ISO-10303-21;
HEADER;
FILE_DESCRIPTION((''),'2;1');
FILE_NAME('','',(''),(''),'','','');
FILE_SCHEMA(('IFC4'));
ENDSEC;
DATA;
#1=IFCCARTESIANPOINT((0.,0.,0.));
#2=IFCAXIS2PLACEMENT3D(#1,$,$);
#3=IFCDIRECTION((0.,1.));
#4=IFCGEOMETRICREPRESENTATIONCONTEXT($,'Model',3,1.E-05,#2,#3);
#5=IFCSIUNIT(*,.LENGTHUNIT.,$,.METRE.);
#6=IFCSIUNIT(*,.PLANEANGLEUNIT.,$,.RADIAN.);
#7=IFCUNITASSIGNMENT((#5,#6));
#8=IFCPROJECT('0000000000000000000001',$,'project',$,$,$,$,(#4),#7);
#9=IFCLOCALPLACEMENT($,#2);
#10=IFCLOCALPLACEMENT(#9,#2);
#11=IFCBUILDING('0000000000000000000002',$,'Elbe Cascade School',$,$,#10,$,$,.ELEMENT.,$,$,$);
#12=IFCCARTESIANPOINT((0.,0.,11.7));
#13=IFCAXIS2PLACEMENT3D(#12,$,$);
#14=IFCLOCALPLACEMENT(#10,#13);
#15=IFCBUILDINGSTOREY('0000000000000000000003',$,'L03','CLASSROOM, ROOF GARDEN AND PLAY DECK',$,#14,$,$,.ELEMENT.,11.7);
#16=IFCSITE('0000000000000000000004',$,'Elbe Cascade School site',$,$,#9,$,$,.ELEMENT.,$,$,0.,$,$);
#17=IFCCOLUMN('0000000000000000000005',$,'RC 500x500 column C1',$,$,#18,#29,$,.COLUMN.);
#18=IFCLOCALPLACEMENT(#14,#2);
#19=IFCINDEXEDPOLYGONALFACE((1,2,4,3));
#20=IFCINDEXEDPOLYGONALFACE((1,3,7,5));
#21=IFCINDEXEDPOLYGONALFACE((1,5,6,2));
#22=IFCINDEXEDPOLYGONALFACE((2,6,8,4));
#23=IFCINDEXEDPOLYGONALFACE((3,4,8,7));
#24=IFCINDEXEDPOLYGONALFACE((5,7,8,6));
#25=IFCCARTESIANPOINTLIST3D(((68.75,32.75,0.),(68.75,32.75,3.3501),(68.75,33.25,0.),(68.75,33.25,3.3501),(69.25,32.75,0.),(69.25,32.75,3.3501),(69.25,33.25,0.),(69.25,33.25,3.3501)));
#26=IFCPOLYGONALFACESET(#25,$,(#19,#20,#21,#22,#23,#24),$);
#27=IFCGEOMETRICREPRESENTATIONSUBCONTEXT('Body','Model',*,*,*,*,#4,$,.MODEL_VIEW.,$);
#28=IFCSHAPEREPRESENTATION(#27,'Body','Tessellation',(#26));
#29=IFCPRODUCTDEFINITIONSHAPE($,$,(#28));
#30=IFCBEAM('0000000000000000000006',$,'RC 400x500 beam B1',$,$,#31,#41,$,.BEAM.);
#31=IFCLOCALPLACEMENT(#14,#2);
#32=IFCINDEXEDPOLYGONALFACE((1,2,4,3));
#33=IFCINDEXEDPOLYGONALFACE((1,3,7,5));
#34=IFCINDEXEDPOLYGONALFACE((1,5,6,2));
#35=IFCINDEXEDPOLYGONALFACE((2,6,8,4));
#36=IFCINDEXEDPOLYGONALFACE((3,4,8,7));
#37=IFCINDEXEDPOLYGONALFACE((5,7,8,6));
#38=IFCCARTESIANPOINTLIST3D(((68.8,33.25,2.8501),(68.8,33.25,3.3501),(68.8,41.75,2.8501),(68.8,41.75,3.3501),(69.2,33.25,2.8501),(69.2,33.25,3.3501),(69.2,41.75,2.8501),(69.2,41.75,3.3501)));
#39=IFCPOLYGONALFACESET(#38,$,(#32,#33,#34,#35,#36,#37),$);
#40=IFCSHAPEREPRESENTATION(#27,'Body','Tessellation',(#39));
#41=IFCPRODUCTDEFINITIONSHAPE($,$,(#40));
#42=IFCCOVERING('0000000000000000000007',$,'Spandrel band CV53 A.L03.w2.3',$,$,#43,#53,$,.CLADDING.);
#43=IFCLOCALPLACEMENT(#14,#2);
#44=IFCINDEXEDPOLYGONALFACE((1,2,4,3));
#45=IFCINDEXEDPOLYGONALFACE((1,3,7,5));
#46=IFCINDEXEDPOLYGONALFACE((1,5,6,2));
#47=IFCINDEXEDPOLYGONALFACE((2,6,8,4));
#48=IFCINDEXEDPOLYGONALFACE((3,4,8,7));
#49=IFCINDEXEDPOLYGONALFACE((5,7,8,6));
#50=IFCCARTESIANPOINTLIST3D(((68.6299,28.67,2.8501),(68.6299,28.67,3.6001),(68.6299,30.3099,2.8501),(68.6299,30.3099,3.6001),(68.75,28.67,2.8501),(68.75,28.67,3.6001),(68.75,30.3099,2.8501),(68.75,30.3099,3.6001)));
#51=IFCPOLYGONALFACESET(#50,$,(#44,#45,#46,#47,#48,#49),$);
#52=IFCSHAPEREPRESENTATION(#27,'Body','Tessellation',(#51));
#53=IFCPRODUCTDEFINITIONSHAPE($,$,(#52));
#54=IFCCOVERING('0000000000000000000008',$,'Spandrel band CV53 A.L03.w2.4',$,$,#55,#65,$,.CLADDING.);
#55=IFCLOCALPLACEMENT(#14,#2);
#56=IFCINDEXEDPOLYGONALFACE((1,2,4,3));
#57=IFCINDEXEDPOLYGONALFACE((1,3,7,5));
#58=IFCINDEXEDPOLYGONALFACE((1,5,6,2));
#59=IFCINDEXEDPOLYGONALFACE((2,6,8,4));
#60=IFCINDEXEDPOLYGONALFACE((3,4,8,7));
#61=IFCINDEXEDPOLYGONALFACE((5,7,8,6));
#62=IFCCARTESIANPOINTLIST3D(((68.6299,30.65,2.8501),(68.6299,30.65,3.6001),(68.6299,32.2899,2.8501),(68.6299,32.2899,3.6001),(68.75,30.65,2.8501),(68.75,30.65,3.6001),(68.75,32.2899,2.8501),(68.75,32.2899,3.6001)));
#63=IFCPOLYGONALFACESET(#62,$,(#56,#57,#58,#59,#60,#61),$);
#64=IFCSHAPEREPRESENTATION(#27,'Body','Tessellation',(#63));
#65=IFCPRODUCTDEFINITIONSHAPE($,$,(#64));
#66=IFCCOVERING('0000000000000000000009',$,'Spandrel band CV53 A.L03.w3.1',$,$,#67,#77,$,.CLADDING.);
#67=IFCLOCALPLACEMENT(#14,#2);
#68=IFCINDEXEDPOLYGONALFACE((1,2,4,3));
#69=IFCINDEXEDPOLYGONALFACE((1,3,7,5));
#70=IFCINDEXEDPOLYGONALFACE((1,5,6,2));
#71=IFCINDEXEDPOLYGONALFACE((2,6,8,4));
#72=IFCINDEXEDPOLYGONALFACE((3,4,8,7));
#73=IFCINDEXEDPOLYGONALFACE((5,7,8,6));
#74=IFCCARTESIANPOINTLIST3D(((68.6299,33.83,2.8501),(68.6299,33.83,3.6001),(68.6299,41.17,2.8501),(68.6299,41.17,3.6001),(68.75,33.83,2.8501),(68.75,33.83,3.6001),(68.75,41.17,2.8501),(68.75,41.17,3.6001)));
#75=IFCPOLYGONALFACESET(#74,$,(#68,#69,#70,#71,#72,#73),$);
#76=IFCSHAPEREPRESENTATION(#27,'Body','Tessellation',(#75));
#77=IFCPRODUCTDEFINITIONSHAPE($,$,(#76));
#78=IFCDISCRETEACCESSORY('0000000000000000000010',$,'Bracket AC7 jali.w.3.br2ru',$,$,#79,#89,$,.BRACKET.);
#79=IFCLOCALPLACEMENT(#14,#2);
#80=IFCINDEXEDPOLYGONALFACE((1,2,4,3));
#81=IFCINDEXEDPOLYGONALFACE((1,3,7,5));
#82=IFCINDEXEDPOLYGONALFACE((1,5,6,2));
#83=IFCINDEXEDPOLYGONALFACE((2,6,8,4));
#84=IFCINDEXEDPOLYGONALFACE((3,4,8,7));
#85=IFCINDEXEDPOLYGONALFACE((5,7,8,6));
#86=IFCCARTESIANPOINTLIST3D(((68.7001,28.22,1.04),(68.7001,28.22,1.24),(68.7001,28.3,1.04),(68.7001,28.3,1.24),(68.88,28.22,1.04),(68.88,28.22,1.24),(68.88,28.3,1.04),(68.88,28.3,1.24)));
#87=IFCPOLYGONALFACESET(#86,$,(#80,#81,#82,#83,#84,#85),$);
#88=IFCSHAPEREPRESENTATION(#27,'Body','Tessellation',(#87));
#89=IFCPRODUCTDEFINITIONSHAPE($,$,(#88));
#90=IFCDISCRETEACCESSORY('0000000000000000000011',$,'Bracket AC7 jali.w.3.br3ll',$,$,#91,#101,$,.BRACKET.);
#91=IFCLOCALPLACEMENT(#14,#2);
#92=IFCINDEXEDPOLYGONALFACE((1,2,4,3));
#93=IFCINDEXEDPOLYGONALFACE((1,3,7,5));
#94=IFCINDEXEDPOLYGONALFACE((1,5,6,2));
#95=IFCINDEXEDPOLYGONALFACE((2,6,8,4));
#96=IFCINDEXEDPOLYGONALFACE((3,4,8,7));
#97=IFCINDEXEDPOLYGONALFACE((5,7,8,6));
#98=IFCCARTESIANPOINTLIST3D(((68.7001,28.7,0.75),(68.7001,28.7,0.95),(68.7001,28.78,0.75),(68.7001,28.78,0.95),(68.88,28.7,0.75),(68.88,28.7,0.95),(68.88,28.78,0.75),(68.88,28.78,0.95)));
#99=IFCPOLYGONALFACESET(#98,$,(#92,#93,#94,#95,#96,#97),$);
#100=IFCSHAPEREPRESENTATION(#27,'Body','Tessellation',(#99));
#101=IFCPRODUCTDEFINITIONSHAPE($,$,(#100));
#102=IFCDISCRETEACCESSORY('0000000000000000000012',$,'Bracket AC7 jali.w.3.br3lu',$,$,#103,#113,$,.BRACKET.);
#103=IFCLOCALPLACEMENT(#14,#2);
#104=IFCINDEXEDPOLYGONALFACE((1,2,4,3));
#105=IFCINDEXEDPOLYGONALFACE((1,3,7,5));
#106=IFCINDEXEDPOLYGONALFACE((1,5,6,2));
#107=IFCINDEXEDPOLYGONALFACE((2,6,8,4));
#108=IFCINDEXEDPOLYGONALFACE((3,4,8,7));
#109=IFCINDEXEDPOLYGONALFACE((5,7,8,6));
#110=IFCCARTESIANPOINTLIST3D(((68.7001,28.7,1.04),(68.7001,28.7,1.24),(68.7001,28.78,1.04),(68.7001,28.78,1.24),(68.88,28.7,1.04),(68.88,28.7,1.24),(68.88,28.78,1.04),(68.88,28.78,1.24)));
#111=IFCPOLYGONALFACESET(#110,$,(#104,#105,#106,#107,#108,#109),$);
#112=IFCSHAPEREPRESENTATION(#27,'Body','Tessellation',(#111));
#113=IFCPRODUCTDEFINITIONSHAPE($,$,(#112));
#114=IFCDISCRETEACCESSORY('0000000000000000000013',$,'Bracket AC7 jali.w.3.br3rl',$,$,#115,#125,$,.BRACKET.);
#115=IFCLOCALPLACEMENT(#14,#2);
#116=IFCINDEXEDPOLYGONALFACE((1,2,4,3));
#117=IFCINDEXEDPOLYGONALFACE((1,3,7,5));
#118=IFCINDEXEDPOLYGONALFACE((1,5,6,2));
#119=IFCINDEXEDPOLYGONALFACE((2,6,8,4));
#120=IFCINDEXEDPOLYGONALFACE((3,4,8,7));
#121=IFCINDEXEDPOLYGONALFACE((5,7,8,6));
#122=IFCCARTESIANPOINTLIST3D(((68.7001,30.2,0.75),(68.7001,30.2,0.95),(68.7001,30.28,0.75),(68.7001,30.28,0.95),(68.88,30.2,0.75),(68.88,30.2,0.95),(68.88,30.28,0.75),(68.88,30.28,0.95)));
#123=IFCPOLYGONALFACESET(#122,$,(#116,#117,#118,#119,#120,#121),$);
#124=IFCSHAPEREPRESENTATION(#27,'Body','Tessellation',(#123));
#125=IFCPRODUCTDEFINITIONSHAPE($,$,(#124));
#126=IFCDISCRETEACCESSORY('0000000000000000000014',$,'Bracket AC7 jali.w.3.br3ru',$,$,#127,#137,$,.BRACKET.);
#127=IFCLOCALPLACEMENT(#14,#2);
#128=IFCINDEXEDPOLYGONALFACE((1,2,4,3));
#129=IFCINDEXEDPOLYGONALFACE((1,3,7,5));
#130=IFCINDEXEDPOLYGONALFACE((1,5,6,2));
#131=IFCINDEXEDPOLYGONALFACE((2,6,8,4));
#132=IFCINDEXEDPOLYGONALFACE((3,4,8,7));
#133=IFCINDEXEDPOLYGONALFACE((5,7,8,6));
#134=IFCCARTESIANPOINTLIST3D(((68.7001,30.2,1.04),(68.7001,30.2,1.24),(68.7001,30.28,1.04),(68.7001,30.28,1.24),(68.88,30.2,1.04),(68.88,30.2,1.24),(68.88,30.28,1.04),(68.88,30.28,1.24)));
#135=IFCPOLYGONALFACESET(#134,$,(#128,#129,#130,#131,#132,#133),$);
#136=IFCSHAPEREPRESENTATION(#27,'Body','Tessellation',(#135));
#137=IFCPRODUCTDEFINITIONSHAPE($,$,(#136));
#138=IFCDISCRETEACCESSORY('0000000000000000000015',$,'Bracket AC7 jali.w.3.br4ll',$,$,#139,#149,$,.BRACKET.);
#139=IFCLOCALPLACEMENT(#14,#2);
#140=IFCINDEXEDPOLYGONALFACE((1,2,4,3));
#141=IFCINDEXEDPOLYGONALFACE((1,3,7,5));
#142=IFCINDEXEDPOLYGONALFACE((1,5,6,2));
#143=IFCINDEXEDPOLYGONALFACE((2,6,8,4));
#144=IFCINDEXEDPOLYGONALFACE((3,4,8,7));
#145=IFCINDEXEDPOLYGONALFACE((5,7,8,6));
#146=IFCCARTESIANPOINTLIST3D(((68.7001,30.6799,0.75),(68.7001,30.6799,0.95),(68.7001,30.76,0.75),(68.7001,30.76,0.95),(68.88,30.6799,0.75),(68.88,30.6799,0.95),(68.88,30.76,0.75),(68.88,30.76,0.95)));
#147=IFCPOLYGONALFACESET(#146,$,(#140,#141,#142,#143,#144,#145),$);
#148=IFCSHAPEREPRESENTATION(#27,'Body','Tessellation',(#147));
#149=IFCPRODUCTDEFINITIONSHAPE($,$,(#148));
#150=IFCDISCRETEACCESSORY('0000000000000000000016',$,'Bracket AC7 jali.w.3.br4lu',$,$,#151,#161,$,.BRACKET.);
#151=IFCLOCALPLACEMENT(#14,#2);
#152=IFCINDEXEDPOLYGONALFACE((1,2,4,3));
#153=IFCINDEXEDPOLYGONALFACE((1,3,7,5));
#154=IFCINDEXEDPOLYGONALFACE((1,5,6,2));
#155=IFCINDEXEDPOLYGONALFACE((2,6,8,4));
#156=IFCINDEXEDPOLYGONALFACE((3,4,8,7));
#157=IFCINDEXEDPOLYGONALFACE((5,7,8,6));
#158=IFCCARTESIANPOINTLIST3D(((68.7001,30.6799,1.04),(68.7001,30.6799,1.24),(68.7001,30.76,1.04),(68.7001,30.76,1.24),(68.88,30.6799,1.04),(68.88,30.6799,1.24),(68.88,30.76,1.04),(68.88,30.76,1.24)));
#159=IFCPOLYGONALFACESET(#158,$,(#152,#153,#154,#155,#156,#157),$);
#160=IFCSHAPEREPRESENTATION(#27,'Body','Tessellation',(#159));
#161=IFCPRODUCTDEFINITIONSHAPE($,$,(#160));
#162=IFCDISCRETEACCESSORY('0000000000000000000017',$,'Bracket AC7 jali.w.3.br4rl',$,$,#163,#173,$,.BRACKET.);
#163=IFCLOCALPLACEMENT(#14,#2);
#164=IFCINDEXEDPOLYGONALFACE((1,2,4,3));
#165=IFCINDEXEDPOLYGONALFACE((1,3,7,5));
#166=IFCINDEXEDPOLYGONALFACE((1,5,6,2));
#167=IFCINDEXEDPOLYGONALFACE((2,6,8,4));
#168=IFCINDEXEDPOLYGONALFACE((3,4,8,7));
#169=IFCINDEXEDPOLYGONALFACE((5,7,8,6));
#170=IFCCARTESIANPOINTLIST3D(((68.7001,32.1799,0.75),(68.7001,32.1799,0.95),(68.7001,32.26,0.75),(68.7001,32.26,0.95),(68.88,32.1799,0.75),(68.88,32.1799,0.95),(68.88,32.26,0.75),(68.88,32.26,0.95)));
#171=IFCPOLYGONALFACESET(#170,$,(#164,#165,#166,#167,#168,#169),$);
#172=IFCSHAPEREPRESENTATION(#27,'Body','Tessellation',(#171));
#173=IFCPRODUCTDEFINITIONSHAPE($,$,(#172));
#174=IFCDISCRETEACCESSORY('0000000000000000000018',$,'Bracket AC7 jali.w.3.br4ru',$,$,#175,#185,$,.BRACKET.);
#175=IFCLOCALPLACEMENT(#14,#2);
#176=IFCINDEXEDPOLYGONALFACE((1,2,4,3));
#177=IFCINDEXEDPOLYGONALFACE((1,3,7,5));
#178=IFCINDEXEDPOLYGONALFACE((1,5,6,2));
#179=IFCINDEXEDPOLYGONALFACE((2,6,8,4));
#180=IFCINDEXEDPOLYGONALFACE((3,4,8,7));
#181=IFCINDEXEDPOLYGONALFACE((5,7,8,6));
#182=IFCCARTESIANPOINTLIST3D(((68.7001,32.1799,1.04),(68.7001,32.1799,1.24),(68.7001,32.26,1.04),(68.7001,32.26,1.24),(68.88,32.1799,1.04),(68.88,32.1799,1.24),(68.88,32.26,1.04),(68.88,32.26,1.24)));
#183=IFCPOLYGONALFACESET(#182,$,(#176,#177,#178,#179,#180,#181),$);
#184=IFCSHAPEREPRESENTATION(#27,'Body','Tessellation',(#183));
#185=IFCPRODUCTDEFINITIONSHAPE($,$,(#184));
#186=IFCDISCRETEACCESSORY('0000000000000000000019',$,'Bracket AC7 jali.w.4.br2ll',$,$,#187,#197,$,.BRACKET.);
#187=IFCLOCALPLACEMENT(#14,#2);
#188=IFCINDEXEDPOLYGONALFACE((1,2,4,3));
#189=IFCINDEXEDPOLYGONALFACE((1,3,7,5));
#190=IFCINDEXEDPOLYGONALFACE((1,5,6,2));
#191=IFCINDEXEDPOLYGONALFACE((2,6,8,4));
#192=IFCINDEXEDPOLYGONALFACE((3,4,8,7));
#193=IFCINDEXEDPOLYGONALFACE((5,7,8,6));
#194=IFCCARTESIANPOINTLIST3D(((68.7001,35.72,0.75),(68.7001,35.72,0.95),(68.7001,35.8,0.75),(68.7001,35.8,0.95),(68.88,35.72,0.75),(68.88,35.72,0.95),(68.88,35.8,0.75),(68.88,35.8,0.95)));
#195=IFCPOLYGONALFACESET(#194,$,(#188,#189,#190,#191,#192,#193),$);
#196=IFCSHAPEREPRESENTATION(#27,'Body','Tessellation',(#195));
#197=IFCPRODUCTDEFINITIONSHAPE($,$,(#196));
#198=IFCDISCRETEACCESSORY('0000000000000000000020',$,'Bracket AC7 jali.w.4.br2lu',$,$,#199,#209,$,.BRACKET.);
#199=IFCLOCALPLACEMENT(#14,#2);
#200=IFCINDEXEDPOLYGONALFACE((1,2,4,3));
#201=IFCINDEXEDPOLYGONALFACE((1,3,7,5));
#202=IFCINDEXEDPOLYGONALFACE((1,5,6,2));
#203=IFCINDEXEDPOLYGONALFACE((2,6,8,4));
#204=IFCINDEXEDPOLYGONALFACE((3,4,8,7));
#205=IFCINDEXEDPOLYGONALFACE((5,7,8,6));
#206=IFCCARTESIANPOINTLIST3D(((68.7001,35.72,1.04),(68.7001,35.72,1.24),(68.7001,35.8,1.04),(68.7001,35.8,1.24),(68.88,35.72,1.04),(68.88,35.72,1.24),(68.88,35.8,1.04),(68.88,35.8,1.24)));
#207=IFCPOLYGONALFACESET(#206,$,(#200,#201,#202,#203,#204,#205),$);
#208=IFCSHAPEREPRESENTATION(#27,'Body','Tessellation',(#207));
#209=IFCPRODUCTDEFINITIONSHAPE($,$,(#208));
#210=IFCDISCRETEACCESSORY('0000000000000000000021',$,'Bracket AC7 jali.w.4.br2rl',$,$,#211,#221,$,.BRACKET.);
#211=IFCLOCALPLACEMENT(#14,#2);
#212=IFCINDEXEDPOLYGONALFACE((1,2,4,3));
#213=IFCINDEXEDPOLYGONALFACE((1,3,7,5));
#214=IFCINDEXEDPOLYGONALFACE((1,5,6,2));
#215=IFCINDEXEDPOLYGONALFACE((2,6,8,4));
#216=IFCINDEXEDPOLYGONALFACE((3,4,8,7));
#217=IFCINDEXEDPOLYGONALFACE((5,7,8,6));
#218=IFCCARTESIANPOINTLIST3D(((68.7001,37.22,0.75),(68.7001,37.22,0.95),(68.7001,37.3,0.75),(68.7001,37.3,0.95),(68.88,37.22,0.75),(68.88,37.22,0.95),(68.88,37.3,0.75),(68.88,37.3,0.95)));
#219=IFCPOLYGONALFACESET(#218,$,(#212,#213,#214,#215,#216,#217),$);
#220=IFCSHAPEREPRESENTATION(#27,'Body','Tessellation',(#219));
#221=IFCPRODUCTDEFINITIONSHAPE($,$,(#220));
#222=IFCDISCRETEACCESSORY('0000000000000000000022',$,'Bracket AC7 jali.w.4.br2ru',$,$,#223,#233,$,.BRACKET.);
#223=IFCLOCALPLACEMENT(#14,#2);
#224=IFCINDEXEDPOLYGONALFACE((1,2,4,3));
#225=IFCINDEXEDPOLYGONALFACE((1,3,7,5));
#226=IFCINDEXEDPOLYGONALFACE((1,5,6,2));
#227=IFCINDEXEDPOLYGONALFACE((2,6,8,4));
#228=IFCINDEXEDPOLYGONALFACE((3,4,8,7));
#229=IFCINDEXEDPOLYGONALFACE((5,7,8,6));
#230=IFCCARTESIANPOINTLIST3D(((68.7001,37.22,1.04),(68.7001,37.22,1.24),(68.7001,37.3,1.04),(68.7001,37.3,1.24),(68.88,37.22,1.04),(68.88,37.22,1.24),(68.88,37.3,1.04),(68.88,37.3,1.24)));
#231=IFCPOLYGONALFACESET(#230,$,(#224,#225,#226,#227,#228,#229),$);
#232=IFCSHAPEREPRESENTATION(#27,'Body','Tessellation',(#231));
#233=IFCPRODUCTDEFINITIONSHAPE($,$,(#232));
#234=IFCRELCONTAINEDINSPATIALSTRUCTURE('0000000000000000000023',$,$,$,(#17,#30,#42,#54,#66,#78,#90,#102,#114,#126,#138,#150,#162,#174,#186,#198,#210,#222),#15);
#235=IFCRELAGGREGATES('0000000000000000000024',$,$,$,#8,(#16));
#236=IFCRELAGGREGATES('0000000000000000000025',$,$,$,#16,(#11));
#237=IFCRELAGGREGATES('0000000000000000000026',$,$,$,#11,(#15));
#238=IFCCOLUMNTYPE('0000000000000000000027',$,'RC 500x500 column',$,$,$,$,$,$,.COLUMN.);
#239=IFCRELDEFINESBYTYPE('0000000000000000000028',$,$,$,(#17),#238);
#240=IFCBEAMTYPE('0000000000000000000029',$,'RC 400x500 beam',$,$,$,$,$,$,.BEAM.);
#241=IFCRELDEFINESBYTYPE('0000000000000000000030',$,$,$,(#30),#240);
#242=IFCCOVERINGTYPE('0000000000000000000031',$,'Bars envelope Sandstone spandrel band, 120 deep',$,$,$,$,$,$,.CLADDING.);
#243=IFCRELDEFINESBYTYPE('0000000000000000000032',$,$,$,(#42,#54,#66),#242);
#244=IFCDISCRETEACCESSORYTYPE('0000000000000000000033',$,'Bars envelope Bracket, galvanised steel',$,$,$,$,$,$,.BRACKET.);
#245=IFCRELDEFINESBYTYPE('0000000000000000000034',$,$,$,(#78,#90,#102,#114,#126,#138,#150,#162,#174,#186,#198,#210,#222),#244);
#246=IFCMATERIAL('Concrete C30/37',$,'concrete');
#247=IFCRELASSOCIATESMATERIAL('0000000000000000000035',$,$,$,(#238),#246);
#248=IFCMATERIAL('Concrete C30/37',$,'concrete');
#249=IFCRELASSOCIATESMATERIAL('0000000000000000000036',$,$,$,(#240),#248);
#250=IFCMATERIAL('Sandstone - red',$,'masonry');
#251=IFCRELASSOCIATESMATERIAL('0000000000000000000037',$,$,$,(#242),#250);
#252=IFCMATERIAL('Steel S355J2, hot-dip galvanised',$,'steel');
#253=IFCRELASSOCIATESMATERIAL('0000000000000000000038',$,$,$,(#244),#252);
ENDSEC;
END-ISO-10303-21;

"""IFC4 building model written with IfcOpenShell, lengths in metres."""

from ifc_helpers import new_model, si_unit, direction, frame, origin, origin_2d, place, context, subcontext, project, spatial, rectangle, extrude, material, material_profile, profile_set, type_object, element, save


model = new_model("IFC4")

# Units and contexts
model_context = context("Model", 3, precision=1e-05, world=origin(), true_north=direction((0.0, 1.0)))
body_context = subcontext(model_context, "Body", "Model", "MODEL_VIEW")
ifc_project = project(units=[si_unit("LENGTHUNIT", "METRE"), si_unit("PLANEANGLEUNIT", "RADIAN")], contexts=[model_context])

# Site, building, storey
site_placement = place(None, origin())
site = spatial("IfcSite", under=ifc_project, at=site_placement, Name="Elbe Cascade School site", CompositionType="ELEMENT", RefElevation=0.0)
building_placement = place(site_placement, origin())
building = spatial("IfcBuilding", under=site, at=building_placement, Name="Elbe Cascade School", CompositionType="ELEMENT")
storey_placement = place(building_placement, frame((0.0, 0.0, 11.7)))
storey = spatial("IfcBuildingStorey", under=building, at=storey_placement, Name="L03", Description="CLASSROOM, ROOF GARDEN AND PLAY DECK", CompositionType="ELEMENT", Elevation=11.7)

# Column
ifc_material_1 = material(Name="Concrete C30/37", Category="concrete")
ifc_material_profile_1 = material_profile(ifc_material_1, rectangle(XDim=0.5, YDim=0.5, at=origin_2d()), Name="RC 500x500")
ifc_profile_set_1 = profile_set([ifc_material_profile_1], Name="Concrete C30/37")
column_type = type_object("IfcColumnType", Name="RC 500x500 column", PredefinedType="COLUMN", material=ifc_profile_set_1)
column_placement = place(storey_placement, frame((69.0, 33.0, 0.0), z_axis=(0.0, 0.0, 1.0), x_axis=(1.0, 0.0, 0.0)))
element("IfcColumn", 1, at=column_placement, inside=storey, type_object=column_type, Name="RC 500x500 column C1", PredefinedType="COLUMN", context=body_context, shape_type="SweptSolid", body=[
    extrude(rectangle(XDim=0.5, YDim=0.5, at=origin_2d()), origin(), (0.0, 0.0, 1.0), 3.3501),
])

# Beam
ifc_material_2 = material(Name="Concrete C30/37", Category="concrete")
ifc_material_profile_2 = material_profile(ifc_material_2, rectangle(XDim=0.3999, YDim=0.5, at=origin_2d()), Name="RC 400x500")
ifc_profile_set_2 = profile_set([ifc_material_profile_2], Name="Concrete C30/37")
beam_type = type_object("IfcBeamType", Name="RC 400x500 beam", PredefinedType="BEAM", material=ifc_profile_set_2)
beam_placement = place(storey_placement, frame((69.0, 33.25, 3.1001), z_axis=(0.0, 1.0, 0.0), x_axis=(-1.0, 0.0, 0.0)))
element("IfcBeam", 2, at=beam_placement, inside=storey, type_object=beam_type, Name="RC 400x500 beam B1", PredefinedType="BEAM", context=body_context, shape_type="SweptSolid", body=[
    extrude(rectangle(XDim=0.3999, YDim=0.5, at=origin_2d()), origin(), (0.0, 0.0, 1.0), 8.5),
])

# Coverings
ifc_material_3 = material(Name="Sandstone - red", Category="masonry")
covering_type = type_object("IfcCoveringType", Name="Bars envelope Sandstone spandrel band, 120 deep", PredefinedType="CLADDING", material=ifc_material_3)
for number, where, z_axis, x_axis, name in (
    (3, (68.6899, 29.49, 2.8501), (0.0, 0.0, 1.0), (0.0, 1.0, 0.0), "Spandrel band CV53 A.L03.w2.3"),
    (4, (68.6899, 31.47, 2.8501), (0.0, 0.0, 1.0), (0.0, 1.0, 0.0), "Spandrel band CV53 A.L03.w2.4"),
):
    element("IfcCovering", number, at=place(storey_placement, frame(where, z_axis=z_axis, x_axis=x_axis)), inside=storey, type_object=covering_type, Name=name, PredefinedType="CLADDING", context=body_context, shape_type="SweptSolid", body=[
        extrude(rectangle(XDim=1.6399, YDim=0.1201, at=origin_2d()), origin(), (0.0, 0.0, 1.0), 0.75),
    ])
covering_placement = place(storey_placement, frame((68.6899, 37.5, 2.8501), z_axis=(0.0, 0.0, 1.0), x_axis=(0.0, 1.0, 0.0)))
element("IfcCovering", 5, at=covering_placement, inside=storey, type_object=covering_type, Name="Spandrel band CV53 A.L03.w3.1", PredefinedType="CLADDING", context=body_context, shape_type="SweptSolid", body=[
    extrude(rectangle(XDim=7.3401, YDim=0.1201, at=origin_2d()), origin(), (0.0, 0.0, 1.0), 0.75),
])

# Discrete accessories
ifc_material_4 = material(Name="Steel S355J2, hot-dip galvanised", Category="steel")
discrete_accessory_type = type_object("IfcDiscreteAccessoryType", Name="Bars envelope Bracket, galvanised steel", PredefinedType="BRACKET", material=ifc_material_4)
for number, where, z_axis, x_axis, name in (
    (6, (68.79, 28.26, 1.04), (0.0, 0.0, 1.0), (0.0, 1.0, 0.0), "Bracket AC7 jali.w.3.br2ru"),
    (7, (68.79, 28.74, 0.75), (0.0, 0.0, 1.0), (0.0, 1.0, 0.0), "Bracket AC7 jali.w.3.br3ll"),
    (8, (68.79, 28.74, 1.04), (0.0, 0.0, 1.0), (0.0, 1.0, 0.0), "Bracket AC7 jali.w.3.br3lu"),
    (9, (68.79, 30.24, 0.75), (0.0, 0.0, 1.0), (0.0, 1.0, 0.0), "Bracket AC7 jali.w.3.br3rl"),
    (10, (68.79, 30.24, 1.04), (0.0, 0.0, 1.0), (0.0, 1.0, 0.0), "Bracket AC7 jali.w.3.br3ru"),
    (11, (68.79, 30.72, 0.75), (0.0, 0.0, 1.0), (0.0, 1.0, 0.0), "Bracket AC7 jali.w.3.br4ll"),
    (12, (68.79, 30.72, 1.04), (0.0, 0.0, 1.0), (0.0, 1.0, 0.0), "Bracket AC7 jali.w.3.br4lu"),
    (13, (68.79, 32.22, 0.75), (0.0, 0.0, 1.0), (0.0, 1.0, 0.0), "Bracket AC7 jali.w.3.br4rl"),
    (14, (68.79, 32.22, 1.04), (0.0, 0.0, 1.0), (0.0, 1.0, 0.0), "Bracket AC7 jali.w.3.br4ru"),
    (15, (68.79, 35.76, 0.75), (0.0, 0.0, 1.0), (0.0, 1.0, 0.0), "Bracket AC7 jali.w.4.br2ll"),
    (16, (68.79, 35.76, 1.04), (0.0, 0.0, 1.0), (0.0, 1.0, 0.0), "Bracket AC7 jali.w.4.br2lu"),
    (17, (68.79, 37.26, 0.75), (0.0, 0.0, 1.0), (0.0, 1.0, 0.0), "Bracket AC7 jali.w.4.br2rl"),
    (18, (68.79, 37.26, 1.04), (0.0, 0.0, 1.0), (0.0, 1.0, 0.0), "Bracket AC7 jali.w.4.br2ru"),
):
    element("IfcDiscreteAccessory", number, at=place(storey_placement, frame(where, z_axis=z_axis, x_axis=x_axis)), inside=storey, type_object=discrete_accessory_type, Name=name, PredefinedType="BRACKET", context=body_context, shape_type="SweptSolid", body=[
        extrude(rectangle(XDim=0.0801, YDim=0.1799, at=origin_2d()), origin(), (0.0, 0.0, 1.0), 0.2),
    ])

save(model, "model.ifc")
